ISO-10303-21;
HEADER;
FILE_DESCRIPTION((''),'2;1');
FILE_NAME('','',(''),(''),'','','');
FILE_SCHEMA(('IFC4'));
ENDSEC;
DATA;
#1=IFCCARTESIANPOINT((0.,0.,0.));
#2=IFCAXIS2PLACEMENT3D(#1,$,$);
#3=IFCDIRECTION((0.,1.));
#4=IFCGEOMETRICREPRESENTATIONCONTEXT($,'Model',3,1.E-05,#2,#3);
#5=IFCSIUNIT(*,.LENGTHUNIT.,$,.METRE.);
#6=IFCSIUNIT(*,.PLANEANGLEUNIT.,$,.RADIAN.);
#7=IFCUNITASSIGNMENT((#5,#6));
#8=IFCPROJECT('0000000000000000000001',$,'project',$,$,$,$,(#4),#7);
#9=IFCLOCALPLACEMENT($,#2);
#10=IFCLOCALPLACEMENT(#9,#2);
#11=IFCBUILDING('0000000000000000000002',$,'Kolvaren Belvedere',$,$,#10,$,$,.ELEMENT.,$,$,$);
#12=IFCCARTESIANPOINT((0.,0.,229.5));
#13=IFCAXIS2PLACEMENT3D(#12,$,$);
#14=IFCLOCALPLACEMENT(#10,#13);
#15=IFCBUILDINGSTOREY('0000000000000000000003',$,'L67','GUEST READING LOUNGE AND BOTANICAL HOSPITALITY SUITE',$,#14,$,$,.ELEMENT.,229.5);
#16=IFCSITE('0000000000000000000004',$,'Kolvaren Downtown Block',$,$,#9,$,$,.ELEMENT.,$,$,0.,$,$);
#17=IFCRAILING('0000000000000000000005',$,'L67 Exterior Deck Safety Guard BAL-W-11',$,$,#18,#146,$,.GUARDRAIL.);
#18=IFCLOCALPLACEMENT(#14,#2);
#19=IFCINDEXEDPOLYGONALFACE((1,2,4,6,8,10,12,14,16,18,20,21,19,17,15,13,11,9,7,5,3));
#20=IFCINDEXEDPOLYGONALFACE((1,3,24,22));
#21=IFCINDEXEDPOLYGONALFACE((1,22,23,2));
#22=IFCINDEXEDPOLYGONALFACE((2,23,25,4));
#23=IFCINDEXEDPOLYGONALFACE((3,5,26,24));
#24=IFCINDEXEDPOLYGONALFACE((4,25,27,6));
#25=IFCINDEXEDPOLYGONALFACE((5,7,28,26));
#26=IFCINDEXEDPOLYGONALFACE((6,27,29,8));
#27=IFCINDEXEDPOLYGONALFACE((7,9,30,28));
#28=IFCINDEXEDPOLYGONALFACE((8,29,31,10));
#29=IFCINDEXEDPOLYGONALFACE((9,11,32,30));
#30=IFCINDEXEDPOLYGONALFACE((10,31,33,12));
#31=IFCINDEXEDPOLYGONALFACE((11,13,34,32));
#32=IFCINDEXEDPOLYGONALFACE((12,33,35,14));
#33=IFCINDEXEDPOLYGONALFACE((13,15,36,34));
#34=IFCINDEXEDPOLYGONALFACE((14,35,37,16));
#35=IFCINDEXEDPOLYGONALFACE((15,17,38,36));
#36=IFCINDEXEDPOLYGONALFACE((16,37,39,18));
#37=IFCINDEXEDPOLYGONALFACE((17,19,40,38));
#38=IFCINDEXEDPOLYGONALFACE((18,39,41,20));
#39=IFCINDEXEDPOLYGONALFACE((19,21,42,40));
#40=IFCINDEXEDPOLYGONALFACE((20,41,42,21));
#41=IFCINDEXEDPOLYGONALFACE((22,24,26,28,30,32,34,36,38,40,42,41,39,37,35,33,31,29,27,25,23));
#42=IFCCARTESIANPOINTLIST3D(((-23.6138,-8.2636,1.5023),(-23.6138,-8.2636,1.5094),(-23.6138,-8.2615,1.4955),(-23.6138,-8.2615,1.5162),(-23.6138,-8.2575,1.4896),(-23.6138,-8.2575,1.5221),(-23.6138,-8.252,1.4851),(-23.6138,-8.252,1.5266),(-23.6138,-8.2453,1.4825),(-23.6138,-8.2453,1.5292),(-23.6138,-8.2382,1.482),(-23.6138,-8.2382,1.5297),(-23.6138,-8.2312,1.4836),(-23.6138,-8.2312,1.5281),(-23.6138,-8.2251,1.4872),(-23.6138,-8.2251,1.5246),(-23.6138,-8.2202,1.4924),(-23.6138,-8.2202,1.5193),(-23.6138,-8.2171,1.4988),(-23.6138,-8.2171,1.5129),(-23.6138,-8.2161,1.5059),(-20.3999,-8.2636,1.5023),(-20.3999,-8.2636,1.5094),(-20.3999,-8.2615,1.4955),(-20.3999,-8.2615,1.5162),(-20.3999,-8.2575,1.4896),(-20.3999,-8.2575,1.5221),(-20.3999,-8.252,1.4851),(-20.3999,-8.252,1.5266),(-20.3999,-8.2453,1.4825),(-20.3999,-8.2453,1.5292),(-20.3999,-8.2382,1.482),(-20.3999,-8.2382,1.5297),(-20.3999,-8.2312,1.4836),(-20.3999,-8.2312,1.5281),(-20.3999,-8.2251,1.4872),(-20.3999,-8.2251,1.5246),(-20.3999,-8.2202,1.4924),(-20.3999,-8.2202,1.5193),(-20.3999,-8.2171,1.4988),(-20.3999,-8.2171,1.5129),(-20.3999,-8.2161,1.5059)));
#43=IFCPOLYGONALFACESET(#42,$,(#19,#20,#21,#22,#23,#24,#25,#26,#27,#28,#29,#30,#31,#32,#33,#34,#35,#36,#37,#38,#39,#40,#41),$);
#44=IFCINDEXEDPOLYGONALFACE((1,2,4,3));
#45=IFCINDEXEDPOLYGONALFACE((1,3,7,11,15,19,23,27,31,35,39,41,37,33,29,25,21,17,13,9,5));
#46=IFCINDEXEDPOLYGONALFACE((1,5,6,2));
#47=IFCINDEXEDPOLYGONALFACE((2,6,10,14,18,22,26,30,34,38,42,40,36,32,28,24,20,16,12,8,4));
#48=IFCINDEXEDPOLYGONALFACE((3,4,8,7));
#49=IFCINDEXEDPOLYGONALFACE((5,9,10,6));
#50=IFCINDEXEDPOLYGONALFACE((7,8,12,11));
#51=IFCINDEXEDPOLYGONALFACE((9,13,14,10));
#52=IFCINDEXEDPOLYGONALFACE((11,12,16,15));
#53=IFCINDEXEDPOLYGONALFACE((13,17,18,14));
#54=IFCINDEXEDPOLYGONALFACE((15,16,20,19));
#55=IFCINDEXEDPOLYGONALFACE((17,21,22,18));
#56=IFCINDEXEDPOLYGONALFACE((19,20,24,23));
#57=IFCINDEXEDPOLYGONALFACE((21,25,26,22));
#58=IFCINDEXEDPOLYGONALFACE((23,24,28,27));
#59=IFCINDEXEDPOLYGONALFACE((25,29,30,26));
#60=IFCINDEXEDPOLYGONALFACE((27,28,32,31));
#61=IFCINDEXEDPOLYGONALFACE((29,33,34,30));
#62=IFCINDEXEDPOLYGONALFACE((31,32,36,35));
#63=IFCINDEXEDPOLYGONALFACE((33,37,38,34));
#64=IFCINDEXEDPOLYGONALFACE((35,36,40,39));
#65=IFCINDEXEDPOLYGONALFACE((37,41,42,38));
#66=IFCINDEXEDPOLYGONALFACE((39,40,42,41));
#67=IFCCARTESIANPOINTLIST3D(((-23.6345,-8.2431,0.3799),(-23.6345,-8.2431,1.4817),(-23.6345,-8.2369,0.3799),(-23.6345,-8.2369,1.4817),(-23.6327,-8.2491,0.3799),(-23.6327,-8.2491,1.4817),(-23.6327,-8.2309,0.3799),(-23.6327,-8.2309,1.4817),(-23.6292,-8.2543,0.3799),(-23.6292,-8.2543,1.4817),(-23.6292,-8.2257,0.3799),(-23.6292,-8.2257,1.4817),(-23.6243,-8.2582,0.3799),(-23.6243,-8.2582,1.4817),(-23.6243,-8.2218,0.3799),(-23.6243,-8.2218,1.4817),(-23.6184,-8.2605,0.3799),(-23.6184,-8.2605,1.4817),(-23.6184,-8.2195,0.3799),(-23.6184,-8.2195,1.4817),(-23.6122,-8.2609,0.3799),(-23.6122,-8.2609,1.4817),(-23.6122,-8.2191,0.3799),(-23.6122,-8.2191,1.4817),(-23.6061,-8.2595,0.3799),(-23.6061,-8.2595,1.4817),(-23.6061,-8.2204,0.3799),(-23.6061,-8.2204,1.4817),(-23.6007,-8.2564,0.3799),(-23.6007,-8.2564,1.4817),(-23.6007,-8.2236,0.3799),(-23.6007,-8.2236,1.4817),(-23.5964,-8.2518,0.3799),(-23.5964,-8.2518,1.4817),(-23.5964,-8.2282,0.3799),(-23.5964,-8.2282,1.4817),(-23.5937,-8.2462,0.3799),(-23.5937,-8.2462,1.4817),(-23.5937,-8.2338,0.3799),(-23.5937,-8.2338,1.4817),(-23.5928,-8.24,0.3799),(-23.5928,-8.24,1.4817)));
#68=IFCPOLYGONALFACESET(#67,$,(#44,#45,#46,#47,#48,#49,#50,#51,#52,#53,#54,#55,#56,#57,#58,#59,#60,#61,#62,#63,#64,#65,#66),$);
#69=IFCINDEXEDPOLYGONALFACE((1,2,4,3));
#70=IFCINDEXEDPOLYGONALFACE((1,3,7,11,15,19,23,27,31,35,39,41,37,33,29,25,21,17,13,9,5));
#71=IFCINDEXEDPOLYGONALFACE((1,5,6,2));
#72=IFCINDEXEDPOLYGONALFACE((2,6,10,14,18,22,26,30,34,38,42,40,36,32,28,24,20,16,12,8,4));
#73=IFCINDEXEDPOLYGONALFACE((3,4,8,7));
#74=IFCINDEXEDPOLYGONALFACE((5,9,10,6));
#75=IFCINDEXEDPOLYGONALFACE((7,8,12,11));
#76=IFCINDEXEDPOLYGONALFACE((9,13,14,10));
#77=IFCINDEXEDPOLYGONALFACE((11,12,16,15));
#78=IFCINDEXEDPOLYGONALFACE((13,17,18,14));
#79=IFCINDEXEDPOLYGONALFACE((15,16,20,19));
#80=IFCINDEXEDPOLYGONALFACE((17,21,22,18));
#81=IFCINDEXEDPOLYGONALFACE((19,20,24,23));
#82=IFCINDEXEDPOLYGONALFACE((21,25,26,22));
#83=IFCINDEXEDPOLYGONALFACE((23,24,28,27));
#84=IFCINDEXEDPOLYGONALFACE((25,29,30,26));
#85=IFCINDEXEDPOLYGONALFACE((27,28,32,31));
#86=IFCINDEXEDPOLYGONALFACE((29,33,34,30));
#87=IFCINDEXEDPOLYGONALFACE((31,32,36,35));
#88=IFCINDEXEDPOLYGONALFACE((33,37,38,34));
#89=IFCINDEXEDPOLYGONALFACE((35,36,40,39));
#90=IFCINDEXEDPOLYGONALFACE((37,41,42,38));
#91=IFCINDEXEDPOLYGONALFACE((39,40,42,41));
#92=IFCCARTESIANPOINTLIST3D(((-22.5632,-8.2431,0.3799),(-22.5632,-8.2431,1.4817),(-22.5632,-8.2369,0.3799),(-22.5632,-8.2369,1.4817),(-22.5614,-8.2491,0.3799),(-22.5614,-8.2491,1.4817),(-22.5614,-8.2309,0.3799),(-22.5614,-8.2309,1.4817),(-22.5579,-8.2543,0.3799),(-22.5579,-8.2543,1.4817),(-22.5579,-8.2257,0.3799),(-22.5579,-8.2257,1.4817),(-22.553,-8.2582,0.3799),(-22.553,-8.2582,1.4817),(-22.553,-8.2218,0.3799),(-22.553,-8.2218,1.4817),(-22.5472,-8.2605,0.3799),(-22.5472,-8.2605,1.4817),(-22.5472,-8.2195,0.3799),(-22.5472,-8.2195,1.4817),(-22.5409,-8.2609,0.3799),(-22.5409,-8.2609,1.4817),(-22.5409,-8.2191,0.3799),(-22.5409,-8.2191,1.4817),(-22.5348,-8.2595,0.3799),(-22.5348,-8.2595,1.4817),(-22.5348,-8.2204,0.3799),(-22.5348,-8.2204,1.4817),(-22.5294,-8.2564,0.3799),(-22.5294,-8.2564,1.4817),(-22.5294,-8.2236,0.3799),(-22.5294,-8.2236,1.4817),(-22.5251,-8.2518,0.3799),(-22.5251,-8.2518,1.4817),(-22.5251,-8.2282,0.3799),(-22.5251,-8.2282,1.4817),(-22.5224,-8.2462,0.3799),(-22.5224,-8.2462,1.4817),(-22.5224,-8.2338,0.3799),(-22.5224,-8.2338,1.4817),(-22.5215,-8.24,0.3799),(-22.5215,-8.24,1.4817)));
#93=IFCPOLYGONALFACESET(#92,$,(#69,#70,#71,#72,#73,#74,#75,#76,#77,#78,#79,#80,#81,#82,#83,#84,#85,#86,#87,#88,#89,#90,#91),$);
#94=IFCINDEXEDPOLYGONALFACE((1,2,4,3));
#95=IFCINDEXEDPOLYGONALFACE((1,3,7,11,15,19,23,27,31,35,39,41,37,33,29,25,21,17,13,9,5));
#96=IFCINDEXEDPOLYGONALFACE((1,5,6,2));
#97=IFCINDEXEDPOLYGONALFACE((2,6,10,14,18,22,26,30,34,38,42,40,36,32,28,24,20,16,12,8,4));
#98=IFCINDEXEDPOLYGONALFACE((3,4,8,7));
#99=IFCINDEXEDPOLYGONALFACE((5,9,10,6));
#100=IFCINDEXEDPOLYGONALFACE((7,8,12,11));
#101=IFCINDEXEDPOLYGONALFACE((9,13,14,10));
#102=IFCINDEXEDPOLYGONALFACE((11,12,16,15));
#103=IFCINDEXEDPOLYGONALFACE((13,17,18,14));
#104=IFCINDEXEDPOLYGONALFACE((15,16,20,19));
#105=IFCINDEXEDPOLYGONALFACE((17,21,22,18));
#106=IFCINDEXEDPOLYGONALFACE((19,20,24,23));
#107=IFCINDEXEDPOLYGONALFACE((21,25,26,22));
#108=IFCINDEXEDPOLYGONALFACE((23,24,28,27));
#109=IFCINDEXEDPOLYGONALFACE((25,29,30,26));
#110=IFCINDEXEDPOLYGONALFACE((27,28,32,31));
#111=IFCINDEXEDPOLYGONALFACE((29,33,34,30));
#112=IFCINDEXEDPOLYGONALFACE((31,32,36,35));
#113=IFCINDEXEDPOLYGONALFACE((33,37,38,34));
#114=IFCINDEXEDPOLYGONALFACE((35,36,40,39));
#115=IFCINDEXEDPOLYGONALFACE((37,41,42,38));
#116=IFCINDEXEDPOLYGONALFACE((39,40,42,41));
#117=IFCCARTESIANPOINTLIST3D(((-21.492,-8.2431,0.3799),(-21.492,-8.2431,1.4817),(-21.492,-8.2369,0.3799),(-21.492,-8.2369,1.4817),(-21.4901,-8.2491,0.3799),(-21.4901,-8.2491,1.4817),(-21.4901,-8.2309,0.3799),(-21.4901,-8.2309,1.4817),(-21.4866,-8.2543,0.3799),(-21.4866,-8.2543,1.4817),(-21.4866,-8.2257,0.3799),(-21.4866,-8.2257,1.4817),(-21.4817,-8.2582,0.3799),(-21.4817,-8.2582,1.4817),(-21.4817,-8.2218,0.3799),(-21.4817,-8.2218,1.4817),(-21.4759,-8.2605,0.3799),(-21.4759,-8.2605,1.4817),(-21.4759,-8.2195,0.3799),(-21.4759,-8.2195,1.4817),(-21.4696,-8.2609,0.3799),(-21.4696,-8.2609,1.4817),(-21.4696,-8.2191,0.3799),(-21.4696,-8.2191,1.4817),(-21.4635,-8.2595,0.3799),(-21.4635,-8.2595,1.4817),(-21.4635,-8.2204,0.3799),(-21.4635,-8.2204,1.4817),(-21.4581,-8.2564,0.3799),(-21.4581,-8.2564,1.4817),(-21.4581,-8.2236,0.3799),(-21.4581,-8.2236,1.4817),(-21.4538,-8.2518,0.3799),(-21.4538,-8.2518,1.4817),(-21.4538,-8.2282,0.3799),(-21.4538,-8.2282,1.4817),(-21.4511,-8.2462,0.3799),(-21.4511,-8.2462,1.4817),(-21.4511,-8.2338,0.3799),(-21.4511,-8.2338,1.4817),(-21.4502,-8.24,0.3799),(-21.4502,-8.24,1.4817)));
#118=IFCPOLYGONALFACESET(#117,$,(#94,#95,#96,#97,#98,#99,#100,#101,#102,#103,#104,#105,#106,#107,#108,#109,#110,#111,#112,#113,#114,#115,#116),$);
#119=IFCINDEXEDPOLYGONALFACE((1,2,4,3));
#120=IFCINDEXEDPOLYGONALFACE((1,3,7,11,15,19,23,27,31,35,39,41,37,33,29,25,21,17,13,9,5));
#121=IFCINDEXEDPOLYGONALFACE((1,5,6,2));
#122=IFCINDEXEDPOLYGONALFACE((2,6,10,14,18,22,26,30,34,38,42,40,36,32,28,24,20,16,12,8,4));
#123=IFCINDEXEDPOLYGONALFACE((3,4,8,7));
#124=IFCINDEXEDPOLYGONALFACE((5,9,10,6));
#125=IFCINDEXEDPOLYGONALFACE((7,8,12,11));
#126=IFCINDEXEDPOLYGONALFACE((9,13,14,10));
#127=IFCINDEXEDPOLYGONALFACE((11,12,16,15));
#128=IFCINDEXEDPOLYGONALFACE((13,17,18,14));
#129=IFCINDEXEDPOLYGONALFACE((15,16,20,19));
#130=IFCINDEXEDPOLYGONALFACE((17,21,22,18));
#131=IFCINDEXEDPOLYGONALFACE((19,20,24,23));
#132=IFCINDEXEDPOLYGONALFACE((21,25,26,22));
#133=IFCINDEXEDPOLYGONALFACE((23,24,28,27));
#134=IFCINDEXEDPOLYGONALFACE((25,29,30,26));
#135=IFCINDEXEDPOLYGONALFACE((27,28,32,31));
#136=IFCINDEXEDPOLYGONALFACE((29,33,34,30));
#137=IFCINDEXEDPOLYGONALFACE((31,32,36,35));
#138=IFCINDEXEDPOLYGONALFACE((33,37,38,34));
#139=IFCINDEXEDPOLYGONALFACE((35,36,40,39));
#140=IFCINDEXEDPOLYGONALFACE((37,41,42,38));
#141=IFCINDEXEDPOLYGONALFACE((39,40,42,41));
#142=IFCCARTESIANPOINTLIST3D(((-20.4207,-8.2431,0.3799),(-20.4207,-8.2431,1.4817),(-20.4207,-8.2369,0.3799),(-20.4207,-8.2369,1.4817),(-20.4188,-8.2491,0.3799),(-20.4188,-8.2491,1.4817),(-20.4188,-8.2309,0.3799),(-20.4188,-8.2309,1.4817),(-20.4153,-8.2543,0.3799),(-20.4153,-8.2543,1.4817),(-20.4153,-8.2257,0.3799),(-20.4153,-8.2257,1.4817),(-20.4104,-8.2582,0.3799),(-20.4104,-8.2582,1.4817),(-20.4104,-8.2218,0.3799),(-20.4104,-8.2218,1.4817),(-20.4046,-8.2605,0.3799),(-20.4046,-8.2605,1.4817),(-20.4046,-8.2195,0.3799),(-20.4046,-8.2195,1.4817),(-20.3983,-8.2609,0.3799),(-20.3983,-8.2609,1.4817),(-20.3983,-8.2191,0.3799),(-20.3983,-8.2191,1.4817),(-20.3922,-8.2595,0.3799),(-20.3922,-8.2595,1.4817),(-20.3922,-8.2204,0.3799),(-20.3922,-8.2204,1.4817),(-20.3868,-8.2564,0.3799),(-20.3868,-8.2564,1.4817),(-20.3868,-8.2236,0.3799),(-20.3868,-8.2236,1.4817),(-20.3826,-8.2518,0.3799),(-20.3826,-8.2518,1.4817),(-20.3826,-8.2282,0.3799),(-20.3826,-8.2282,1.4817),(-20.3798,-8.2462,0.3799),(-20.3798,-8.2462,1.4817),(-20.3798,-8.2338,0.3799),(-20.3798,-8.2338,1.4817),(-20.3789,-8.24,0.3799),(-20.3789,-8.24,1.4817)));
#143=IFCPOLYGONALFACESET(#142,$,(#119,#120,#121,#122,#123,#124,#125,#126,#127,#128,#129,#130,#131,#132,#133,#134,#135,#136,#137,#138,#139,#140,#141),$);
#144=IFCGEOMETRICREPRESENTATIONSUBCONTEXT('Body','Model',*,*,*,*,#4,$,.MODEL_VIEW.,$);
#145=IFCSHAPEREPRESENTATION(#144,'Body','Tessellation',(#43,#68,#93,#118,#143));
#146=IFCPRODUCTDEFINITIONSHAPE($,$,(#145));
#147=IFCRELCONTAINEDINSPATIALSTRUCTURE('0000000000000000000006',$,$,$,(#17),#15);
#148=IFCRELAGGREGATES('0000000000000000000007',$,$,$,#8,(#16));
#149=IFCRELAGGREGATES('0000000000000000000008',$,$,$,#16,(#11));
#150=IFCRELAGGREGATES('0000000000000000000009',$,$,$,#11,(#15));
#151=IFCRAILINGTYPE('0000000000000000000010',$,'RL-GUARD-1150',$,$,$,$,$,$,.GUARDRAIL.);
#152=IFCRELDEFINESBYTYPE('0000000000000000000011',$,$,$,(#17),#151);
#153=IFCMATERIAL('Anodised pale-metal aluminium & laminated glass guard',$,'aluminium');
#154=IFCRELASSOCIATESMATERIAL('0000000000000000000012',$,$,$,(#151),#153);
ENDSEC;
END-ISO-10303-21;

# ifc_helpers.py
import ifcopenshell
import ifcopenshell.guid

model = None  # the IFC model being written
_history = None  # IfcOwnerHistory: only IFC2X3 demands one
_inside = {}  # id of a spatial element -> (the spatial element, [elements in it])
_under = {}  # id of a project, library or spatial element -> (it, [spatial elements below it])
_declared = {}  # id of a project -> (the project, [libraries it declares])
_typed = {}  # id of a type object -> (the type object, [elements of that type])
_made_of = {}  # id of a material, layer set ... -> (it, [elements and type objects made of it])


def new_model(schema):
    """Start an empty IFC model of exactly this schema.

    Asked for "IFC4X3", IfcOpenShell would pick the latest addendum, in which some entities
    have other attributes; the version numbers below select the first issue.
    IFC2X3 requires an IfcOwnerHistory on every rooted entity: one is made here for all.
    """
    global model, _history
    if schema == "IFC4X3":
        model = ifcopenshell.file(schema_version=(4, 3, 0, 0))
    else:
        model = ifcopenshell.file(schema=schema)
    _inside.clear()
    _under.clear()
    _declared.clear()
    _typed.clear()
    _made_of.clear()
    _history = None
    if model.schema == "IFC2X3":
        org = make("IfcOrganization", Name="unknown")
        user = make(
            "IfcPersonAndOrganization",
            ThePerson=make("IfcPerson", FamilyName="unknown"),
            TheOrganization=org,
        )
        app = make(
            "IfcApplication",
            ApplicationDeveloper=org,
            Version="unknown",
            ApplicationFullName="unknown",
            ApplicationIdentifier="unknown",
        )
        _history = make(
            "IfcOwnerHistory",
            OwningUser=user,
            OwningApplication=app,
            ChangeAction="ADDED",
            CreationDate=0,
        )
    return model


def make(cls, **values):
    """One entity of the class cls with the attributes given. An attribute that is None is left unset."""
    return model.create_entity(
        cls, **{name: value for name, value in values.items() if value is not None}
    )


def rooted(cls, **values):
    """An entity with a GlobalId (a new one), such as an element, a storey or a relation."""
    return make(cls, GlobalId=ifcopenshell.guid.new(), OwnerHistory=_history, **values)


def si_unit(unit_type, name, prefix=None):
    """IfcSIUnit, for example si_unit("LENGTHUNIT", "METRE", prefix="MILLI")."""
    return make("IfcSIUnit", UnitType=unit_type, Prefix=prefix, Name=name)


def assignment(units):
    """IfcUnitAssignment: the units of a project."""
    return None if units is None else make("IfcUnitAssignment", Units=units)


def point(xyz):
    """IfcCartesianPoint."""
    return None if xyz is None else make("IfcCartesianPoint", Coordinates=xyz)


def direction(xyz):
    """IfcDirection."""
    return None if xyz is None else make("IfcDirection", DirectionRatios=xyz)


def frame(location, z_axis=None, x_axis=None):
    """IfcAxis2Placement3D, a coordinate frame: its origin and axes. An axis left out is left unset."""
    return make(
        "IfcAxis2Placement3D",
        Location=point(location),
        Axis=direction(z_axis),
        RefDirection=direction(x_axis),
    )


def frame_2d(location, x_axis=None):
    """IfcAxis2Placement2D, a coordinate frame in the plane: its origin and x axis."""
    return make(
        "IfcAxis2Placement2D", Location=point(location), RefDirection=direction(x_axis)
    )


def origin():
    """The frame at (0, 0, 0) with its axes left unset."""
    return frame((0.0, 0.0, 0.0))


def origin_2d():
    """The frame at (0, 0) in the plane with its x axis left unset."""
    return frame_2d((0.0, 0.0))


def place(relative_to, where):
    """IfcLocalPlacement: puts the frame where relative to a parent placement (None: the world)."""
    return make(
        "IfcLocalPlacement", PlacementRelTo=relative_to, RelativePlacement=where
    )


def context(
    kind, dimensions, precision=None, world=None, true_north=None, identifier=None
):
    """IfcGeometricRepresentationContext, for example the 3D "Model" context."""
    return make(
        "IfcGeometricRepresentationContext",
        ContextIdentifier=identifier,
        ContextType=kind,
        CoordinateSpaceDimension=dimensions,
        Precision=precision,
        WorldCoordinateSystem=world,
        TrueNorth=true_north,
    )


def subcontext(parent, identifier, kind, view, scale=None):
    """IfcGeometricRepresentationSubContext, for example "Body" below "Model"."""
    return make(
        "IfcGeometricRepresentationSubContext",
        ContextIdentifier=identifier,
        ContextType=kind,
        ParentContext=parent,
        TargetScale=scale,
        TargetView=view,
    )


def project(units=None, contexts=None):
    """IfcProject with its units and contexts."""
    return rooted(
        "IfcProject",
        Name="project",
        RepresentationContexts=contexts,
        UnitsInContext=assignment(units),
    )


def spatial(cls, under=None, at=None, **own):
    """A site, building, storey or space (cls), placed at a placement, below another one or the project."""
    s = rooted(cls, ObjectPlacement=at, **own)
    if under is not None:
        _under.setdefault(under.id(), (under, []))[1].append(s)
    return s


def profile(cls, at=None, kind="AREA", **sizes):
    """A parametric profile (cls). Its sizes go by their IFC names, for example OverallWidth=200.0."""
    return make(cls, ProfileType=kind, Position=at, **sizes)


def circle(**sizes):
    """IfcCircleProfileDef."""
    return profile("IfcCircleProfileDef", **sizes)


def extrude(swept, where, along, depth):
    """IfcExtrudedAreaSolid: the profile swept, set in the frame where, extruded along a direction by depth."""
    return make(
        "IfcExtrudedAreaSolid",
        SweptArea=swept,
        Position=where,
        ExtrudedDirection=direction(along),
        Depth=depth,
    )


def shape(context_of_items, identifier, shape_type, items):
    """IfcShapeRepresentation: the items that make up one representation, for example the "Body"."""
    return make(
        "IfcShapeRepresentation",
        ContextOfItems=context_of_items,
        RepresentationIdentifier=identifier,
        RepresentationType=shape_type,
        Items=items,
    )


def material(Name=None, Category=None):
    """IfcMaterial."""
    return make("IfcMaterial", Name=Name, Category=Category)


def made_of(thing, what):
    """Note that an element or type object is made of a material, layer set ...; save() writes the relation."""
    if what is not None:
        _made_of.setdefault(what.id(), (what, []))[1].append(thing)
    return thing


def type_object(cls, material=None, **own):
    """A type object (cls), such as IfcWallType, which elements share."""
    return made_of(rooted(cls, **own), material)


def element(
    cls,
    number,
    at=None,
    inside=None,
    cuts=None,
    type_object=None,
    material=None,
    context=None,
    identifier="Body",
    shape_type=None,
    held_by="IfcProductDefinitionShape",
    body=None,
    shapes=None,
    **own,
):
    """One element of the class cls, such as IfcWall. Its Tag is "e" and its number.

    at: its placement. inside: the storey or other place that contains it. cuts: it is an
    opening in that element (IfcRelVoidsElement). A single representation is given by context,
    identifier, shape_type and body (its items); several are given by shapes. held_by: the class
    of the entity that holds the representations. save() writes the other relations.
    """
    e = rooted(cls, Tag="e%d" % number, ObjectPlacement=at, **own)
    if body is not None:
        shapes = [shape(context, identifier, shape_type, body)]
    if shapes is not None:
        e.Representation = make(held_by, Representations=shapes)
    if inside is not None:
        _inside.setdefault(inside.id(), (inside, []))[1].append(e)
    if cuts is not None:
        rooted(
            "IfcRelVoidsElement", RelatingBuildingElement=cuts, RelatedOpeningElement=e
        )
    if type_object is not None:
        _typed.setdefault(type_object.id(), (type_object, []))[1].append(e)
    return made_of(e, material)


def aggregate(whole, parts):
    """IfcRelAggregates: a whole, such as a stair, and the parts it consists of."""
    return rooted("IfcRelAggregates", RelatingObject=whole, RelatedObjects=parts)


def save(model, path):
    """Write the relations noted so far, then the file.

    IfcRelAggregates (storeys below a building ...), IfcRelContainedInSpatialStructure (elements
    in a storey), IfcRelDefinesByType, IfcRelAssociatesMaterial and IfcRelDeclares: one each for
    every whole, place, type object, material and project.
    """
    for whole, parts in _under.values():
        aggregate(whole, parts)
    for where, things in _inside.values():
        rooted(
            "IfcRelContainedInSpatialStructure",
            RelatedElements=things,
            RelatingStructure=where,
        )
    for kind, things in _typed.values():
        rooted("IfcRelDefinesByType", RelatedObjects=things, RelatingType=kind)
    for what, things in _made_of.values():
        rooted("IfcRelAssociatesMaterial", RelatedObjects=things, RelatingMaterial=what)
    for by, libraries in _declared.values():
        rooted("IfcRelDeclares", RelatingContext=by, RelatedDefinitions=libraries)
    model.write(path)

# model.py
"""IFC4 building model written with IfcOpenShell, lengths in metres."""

from ifc_helpers import new_model, si_unit, direction, frame, origin, origin_2d, place, context, subcontext, project, spatial, circle, extrude, material, type_object, element, save


model = new_model("IFC4")

# Units and contexts
model_context = context("Model", 3, precision=1e-05, world=origin(), true_north=direction((0.0, 1.0)))
body_context = subcontext(model_context, "Body", "Model", "MODEL_VIEW")
ifc_project = project(units=[si_unit("LENGTHUNIT", "METRE"), si_unit("PLANEANGLEUNIT", "RADIAN")], contexts=[model_context])

# Site, building, storey
site_placement = place(None, origin())
site = spatial("IfcSite", under=ifc_project, at=site_placement, Name="Kolvaren Downtown Block", CompositionType="ELEMENT", RefElevation=0.0)
building_placement = place(site_placement, origin())
building = spatial("IfcBuilding", under=site, at=building_placement, Name="Kolvaren Belvedere", CompositionType="ELEMENT")
storey_placement = place(building_placement, frame((0.0, 0.0, 229.5)))
storey = spatial("IfcBuildingStorey", under=building, at=storey_placement, Name="L67", Description="GUEST READING LOUNGE AND BOTANICAL HOSPITALITY SUITE", CompositionType="ELEMENT", Elevation=229.5)

# Railing
ifc_material_1 = material(Name="Anodised pale-metal aluminium & laminated glass guard", Category="aluminium")
railing_type = type_object("IfcRailingType", Name="RL-GUARD-1150", PredefinedType="GUARDRAIL", material=ifc_material_1)
railing_1_placement = place(storey_placement, frame((-23.6138, -8.24, 0.3799)))
element("IfcRailing", 1, at=railing_1_placement, inside=storey, type_object=railing_type, Name="L67 Exterior Deck Safety Guard BAL-W-11", PredefinedType="GUARDRAIL", context=body_context, shape_type="SweptSolid", body=[
    extrude(circle(Radius=0.0239, at=origin_2d()), frame((0.0, 0.0, 1.126), z_axis=(1.0, 0.0, 0.0), x_axis=(0.0, 1.0, 0.0)), (0.0, 0.0, 1.0), 3.2139),
    extrude(circle(Radius=0.021, at=origin_2d()), origin(), (0.0, 0.0, 1.0), 1.1018),
    extrude(circle(Radius=0.021, at=origin_2d()), frame((1.0713, 0.0, 0.0)), (0.0, 0.0, 1.0), 1.1018),
    extrude(circle(Radius=0.021, at=origin_2d()), frame((2.1426, 0.0, 0.0)), (0.0, 0.0, 1.0), 1.1018),
    extrude(circle(Radius=0.021, at=origin_2d()), frame((3.2139, 0.0, 0.0)), (0.0, 0.0, 1.0), 1.1018),
])

save(model, "model.ifc")
